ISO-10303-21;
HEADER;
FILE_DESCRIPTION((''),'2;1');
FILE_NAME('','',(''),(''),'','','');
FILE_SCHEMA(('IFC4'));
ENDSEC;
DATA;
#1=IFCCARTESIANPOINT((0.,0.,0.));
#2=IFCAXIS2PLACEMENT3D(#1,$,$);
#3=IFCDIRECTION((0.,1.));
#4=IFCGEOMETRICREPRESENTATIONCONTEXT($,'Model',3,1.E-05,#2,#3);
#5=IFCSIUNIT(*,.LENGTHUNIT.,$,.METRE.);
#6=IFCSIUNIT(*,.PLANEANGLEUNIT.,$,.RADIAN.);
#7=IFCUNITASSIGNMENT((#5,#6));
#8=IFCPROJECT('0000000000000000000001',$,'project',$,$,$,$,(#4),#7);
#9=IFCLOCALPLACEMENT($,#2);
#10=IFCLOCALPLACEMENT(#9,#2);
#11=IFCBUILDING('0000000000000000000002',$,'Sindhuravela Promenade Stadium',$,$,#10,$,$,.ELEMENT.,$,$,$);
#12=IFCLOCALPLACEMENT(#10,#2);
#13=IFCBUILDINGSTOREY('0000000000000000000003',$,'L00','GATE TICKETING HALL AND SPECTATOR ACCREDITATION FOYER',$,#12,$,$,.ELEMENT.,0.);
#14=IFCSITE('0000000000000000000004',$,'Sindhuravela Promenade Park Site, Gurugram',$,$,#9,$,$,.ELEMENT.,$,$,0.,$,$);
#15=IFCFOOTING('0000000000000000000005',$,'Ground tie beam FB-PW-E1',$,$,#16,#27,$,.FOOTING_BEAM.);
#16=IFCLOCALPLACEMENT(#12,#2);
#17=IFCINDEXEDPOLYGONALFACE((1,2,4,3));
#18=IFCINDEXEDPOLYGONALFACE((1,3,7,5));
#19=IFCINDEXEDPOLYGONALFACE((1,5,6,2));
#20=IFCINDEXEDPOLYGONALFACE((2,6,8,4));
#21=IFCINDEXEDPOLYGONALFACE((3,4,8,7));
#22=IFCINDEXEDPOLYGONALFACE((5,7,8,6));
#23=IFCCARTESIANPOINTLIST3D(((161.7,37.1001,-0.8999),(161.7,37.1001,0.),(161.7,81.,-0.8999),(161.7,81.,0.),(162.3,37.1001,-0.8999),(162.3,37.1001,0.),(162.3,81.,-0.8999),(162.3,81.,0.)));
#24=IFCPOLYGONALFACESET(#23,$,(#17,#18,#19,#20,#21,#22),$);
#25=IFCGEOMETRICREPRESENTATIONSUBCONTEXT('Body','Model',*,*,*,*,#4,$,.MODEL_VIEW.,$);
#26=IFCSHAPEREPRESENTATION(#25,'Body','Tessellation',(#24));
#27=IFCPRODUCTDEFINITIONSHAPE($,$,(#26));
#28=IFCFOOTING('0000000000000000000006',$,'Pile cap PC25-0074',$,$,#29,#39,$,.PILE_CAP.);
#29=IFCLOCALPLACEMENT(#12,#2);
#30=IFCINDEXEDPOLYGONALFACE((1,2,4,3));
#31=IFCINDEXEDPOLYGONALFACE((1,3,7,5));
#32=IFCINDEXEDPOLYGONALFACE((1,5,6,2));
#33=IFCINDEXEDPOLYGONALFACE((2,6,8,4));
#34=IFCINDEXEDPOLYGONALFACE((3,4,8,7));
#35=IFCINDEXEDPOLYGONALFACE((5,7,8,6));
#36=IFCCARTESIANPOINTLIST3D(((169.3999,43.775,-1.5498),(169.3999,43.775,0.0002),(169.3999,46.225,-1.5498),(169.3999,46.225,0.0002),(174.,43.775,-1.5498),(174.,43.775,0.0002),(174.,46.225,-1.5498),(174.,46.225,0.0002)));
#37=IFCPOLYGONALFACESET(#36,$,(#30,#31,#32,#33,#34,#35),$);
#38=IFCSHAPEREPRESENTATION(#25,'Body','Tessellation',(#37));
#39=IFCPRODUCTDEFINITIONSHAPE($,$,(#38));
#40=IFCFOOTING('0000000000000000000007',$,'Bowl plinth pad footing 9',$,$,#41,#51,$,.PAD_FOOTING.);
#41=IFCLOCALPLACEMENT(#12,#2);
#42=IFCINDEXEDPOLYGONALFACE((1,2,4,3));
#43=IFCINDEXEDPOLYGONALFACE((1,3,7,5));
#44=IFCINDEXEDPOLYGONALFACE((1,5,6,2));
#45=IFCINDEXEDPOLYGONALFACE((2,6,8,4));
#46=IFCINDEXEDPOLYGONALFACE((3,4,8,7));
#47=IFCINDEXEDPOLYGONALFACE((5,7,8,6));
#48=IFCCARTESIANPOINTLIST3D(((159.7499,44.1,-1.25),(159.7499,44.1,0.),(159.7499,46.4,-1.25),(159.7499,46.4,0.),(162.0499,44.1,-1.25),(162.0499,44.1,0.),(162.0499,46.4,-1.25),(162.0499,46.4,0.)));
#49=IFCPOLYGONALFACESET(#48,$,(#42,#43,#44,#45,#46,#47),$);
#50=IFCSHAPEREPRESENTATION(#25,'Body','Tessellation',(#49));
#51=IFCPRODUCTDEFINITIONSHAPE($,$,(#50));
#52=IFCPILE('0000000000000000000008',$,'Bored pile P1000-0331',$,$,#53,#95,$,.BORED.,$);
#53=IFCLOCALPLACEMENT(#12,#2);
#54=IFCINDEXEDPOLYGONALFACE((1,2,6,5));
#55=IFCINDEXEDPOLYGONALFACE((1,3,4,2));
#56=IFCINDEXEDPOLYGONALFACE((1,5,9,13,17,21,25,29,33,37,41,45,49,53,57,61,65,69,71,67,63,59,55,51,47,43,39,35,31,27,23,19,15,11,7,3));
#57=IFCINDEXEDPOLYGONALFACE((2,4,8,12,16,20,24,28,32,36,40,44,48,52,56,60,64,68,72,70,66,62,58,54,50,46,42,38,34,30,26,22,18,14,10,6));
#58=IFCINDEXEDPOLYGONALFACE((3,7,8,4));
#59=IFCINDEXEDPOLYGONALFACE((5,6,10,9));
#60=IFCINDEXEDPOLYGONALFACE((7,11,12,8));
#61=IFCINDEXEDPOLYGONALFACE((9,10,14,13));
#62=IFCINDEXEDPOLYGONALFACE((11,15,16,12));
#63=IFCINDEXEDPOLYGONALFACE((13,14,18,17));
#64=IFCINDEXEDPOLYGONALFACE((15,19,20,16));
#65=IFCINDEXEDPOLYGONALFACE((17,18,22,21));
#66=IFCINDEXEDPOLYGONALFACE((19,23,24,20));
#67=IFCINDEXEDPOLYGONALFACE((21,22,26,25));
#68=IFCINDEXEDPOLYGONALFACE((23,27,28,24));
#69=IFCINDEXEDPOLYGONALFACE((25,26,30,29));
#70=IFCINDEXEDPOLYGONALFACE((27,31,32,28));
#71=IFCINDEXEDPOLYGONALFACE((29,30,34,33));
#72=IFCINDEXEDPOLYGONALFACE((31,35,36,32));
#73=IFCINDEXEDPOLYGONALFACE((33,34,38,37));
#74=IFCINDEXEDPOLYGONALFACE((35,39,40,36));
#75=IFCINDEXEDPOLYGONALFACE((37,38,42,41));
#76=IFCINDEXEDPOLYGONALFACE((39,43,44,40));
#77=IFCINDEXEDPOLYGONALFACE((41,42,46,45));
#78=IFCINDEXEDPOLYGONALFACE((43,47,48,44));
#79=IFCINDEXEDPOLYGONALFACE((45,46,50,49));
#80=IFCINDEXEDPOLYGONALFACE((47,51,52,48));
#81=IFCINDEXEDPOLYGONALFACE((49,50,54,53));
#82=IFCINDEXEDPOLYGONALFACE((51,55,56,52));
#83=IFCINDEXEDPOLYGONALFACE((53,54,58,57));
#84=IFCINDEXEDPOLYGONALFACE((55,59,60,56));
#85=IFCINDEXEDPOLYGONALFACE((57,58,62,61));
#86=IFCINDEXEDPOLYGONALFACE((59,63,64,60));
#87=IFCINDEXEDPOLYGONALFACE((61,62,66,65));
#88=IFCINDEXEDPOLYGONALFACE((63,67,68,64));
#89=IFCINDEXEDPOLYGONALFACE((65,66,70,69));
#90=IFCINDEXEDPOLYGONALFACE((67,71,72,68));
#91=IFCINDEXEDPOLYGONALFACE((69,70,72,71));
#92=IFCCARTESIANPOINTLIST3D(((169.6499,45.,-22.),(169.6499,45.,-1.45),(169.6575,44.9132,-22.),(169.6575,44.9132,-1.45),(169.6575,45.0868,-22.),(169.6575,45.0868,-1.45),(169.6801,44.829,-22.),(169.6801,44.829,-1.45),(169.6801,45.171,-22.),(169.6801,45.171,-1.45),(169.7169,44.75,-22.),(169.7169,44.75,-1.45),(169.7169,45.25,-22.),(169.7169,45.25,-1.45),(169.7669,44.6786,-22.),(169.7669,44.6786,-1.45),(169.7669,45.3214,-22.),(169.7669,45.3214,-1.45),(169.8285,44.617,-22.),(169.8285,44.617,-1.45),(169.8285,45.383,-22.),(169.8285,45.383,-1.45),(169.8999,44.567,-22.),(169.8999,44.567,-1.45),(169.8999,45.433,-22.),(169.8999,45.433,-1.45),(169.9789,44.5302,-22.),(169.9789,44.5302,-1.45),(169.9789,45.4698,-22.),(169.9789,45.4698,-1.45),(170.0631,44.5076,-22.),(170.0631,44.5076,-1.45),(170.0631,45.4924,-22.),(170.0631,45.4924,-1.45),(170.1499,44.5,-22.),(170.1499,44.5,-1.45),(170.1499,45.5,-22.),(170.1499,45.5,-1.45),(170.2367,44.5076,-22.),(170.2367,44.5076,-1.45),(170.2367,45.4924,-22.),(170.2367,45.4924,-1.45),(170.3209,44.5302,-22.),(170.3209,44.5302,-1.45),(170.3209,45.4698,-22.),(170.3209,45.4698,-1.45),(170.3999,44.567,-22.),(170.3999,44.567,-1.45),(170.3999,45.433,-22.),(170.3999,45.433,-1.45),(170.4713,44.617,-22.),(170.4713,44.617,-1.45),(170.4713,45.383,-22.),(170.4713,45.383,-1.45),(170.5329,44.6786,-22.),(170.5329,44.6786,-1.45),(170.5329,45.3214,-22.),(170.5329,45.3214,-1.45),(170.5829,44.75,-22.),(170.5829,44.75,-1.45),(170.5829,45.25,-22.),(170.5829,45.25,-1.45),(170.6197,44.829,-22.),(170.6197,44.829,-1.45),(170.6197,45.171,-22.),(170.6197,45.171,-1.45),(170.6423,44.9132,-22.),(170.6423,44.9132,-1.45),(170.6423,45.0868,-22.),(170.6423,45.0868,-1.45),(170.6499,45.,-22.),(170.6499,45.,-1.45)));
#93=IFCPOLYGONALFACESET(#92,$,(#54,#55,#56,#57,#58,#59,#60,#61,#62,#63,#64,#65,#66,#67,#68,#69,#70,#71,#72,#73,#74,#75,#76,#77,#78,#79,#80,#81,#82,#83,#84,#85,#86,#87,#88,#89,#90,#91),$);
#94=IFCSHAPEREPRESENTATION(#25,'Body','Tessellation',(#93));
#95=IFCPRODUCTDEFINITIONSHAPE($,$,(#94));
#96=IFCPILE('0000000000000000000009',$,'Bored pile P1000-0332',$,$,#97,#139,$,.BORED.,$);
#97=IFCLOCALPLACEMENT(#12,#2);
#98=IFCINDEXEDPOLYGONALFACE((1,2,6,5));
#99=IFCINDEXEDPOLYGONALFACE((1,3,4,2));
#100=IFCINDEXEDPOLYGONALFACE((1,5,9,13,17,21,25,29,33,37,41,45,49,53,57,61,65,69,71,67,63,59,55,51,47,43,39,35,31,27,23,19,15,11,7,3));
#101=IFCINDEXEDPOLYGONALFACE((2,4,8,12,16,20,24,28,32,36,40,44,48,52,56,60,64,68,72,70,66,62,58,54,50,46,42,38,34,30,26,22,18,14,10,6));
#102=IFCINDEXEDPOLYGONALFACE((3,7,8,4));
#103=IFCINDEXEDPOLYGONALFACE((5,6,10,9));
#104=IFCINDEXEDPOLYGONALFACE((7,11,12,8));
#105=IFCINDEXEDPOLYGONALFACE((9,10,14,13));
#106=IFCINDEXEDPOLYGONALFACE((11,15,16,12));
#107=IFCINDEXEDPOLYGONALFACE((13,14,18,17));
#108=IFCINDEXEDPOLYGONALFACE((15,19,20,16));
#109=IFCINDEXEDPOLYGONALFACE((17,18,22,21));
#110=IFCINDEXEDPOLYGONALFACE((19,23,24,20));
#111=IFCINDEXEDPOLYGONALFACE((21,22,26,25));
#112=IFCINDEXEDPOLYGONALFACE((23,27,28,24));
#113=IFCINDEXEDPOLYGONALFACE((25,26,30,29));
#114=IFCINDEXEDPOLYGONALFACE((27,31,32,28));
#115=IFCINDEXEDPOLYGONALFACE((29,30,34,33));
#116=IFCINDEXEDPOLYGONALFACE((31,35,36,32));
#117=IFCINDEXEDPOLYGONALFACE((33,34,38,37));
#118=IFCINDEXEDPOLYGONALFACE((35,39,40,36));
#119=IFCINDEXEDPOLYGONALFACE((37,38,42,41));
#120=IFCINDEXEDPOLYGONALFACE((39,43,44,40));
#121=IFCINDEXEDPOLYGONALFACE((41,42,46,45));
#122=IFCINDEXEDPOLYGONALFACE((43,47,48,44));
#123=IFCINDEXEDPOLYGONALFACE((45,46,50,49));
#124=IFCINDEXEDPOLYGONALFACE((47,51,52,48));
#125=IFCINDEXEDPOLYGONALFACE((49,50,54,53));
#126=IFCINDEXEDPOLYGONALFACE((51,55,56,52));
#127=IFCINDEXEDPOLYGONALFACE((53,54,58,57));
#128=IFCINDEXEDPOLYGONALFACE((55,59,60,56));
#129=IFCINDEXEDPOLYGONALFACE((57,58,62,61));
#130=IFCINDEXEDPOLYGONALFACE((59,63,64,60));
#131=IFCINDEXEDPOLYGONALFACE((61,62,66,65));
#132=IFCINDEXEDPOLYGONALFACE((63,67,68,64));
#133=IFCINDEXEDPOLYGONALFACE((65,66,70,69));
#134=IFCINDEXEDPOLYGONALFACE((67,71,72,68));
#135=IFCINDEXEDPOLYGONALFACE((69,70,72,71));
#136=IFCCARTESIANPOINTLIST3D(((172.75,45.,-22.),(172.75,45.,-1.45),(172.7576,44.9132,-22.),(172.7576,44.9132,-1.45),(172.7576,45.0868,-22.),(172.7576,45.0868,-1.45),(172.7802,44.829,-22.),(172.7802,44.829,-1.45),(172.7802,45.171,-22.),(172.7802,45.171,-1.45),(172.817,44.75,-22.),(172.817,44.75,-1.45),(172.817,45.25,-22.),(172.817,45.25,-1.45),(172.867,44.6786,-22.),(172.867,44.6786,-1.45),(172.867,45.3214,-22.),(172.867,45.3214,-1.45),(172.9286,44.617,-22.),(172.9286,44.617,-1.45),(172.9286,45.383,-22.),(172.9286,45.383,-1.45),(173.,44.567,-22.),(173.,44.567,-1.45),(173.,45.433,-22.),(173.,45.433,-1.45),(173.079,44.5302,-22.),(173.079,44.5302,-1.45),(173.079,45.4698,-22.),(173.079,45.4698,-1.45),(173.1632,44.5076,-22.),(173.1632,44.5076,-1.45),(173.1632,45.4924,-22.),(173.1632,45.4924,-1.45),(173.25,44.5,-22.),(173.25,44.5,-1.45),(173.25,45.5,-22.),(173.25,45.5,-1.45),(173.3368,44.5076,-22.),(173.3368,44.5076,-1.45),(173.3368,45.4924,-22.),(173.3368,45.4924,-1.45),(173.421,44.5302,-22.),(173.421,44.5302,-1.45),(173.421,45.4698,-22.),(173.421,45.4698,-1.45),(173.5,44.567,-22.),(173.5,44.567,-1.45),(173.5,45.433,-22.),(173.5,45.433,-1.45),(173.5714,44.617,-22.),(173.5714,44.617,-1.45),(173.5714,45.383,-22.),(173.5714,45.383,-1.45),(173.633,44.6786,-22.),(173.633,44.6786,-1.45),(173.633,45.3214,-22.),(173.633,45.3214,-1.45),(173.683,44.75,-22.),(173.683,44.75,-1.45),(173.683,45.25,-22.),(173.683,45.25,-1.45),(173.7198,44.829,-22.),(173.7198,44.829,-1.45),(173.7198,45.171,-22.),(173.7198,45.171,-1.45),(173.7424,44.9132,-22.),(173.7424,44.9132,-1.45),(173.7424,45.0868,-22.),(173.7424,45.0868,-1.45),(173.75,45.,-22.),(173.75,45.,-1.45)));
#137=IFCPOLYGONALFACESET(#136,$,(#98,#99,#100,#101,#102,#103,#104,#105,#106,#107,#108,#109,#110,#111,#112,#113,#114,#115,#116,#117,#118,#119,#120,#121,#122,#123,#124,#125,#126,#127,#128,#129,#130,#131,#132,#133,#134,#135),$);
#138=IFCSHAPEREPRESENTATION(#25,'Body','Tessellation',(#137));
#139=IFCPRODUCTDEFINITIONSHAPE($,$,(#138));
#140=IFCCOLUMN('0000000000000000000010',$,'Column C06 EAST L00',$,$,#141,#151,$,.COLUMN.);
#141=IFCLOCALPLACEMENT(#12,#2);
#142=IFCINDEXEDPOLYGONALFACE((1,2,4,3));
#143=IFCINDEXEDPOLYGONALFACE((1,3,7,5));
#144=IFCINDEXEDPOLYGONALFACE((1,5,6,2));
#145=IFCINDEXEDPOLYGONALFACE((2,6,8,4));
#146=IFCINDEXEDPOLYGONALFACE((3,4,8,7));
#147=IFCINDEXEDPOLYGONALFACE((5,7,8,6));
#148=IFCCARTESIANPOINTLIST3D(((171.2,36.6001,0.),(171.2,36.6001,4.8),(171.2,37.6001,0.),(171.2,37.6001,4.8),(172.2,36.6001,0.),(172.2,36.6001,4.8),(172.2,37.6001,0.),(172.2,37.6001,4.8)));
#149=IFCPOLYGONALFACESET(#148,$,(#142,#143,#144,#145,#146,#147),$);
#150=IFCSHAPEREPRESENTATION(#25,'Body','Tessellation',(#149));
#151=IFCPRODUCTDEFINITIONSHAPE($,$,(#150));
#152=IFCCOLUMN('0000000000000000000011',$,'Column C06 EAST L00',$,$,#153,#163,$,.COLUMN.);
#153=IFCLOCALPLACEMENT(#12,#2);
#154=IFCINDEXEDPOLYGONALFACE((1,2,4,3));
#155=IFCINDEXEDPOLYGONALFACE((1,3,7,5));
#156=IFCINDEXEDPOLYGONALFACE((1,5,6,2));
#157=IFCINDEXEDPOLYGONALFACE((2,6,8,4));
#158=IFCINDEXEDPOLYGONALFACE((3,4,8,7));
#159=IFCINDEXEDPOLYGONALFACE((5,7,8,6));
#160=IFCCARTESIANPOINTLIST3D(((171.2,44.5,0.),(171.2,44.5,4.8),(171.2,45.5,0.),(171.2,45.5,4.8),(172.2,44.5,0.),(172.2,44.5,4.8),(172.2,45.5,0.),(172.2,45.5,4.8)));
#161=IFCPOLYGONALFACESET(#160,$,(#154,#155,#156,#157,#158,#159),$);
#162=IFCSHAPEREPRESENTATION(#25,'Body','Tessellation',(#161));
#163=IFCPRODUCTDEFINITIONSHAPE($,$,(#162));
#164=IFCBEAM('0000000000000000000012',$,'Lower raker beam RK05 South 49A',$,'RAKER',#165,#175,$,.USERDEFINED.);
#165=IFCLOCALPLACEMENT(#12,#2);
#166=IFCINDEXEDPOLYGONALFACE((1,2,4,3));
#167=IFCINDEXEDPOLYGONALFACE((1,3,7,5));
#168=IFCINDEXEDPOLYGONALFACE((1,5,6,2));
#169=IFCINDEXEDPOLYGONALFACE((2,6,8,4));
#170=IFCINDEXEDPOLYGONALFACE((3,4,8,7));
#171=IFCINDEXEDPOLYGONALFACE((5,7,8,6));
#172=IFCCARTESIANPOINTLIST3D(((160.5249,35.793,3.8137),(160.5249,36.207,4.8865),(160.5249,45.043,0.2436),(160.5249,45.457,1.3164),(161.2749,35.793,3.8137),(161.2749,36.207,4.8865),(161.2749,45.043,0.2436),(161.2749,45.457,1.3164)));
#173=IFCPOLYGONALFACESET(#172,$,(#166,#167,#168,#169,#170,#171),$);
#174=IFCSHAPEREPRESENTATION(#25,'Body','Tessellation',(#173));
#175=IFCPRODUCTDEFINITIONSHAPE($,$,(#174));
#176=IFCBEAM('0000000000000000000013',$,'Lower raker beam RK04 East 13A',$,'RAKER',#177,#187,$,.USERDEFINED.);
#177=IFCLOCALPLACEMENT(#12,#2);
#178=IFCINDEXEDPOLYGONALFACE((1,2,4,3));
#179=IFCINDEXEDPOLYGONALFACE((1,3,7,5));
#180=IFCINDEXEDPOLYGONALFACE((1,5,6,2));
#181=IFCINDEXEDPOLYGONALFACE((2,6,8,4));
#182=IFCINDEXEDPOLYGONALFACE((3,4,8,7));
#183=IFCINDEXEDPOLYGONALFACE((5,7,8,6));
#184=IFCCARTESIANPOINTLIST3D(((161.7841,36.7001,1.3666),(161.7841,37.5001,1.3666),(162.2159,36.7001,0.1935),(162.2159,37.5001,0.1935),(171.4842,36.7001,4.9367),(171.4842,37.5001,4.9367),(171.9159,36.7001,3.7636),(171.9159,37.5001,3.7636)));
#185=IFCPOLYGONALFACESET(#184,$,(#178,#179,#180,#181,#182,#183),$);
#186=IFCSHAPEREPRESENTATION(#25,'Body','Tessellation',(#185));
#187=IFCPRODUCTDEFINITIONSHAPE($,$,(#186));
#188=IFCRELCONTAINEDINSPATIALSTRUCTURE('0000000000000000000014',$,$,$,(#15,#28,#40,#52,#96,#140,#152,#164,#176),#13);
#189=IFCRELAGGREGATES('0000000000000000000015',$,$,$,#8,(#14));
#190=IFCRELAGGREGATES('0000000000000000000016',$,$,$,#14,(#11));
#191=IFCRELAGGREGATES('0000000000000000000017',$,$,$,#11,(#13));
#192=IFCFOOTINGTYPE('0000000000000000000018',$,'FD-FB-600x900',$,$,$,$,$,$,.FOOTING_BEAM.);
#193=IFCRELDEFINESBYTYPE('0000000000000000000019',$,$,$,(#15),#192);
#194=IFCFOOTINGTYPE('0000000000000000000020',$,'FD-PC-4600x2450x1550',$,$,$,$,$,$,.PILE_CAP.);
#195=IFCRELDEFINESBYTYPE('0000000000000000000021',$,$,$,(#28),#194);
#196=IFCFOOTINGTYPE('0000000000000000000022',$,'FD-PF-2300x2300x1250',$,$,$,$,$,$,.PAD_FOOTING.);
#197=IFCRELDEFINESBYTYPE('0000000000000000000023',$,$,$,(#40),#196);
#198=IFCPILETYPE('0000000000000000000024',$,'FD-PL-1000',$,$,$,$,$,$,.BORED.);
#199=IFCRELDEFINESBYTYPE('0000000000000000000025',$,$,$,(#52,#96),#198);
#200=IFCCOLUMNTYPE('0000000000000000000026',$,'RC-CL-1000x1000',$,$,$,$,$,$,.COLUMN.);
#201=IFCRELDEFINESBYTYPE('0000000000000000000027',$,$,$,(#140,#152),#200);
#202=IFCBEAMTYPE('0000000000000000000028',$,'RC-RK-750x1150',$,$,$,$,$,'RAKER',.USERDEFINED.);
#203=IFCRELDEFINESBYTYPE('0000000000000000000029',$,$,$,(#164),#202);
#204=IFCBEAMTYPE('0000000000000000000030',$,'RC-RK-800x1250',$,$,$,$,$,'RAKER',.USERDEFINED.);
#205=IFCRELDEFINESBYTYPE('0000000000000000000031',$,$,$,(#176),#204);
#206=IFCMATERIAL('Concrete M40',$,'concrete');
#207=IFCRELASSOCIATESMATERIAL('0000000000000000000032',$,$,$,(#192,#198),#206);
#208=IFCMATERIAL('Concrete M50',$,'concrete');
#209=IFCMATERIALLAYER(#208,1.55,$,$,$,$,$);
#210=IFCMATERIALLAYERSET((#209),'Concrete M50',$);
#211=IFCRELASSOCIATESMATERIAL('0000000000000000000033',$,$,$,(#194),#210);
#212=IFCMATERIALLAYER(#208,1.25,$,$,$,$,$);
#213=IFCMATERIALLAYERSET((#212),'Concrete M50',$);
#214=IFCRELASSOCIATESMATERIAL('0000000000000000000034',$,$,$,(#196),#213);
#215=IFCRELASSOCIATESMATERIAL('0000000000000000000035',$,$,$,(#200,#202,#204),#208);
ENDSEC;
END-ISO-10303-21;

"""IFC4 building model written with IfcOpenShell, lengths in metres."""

from ifc_helpers import new_model, si_unit, direction, frame, origin, origin_2d, place, context, subcontext, project, spatial, rectangle, circle, extrude, material, layer, layer_set, material_profile, profile_set, type_object, element, save


model = new_model("IFC4")

# Units and contexts
model_context = context("Model", 3, precision=1e-05, world=origin(), true_north=direction((0.0, 1.0)))
body_context = subcontext(model_context, "Body", "Model", "MODEL_VIEW")
ifc_project = project(units=[si_unit("LENGTHUNIT", "METRE"), si_unit("PLANEANGLEUNIT", "RADIAN")], contexts=[model_context])

# Site, building, storey
site_placement = place(None, origin())
site = spatial("IfcSite", under=ifc_project, at=site_placement, Name="Sindhuravela Promenade Park Site, Gurugram", CompositionType="ELEMENT", RefElevation=0.0)
building_placement = place(site_placement, origin())
building = spatial("IfcBuilding", under=site, at=building_placement, Name="Sindhuravela Promenade Stadium", CompositionType="ELEMENT")
storey_placement = place(building_placement, origin())
storey = spatial("IfcBuildingStorey", under=building, at=storey_placement, Name="L00", Description="GATE TICKETING HALL AND SPECTATOR ACCREDITATION FOYER", CompositionType="ELEMENT", Elevation=0.0)

# Footings
ifc_material_1 = material(Name="Concrete M40", Category="concrete")
ifc_material_profile_1 = material_profile(ifc_material_1, rectangle(XDim=0.6001, YDim=0.8999, at=origin_2d()), Name="RC 600x900")
ifc_profile_set_1 = profile_set([ifc_material_profile_1], Name="Concrete M40")
footing_type_1 = type_object("IfcFootingType", Name="FD-FB-600x900", PredefinedType="FOOTING_BEAM", material=ifc_profile_set_1)
footing_1_placement = place(storey_placement, frame((162.0, 37.1001, -0.45), z_axis=(0.0, 1.0, 0.0), x_axis=(-1.0, 0.0, 0.0)))
element("IfcFooting", 1, at=footing_1_placement, inside=storey, type_object=footing_type_1, Name="Ground tie beam FB-PW-E1", PredefinedType="FOOTING_BEAM", context=body_context, shape_type="SweptSolid", body=[
    extrude(rectangle(XDim=0.6001, YDim=0.8999, at=origin_2d()), origin(), (0.0, 0.0, 1.0), 43.8999),
])
ifc_material_2 = material(Name="Concrete M50", Category="concrete")
ifc_layer_1 = layer(ifc_material_2, 1.55)
ifc_layer_set_1 = layer_set([ifc_layer_1], Name="Concrete M50")
footing_type_2 = type_object("IfcFootingType", Name="FD-PC-4600x2450x1550", PredefinedType="PILE_CAP", material=ifc_layer_set_1)
footing_2_placement = place(storey_placement, frame((171.7, 45.0, -1.5498), z_axis=(0.0, 0.0, 1.0), x_axis=(1.0, 0.0, 0.0)))
element("IfcFooting", 2, at=footing_2_placement, inside=storey, type_object=footing_type_2, Name="Pile cap PC25-0074", PredefinedType="PILE_CAP", context=body_context, shape_type="SweptSolid", body=[
    extrude(rectangle(XDim=4.6001, YDim=2.45, at=origin_2d()), origin(), (0.0, 0.0, 1.0), 1.55),
])
ifc_layer_2 = layer(ifc_material_2, 1.25)
ifc_layer_set_2 = layer_set([ifc_layer_2], Name="Concrete M50")
footing_type_3 = type_object("IfcFootingType", Name="FD-PF-2300x2300x1250", PredefinedType="PAD_FOOTING", material=ifc_layer_set_2)
footing_3_placement = place(storey_placement, frame((160.8999, 45.25, -1.25), z_axis=(0.0, 0.0, 1.0), x_axis=(1.0, 0.0, 0.0)))
element("IfcFooting", 3, at=footing_3_placement, inside=storey, type_object=footing_type_3, Name="Bowl plinth pad footing 9", PredefinedType="PAD_FOOTING", context=body_context, shape_type="SweptSolid", body=[
    extrude(rectangle(XDim=2.3, YDim=2.3, at=origin_2d()), origin(), (0.0, 0.0, 1.0), 1.25),
])

# Piles
ifc_material_profile_2 = material_profile(ifc_material_1, circle(Radius=0.5, at=origin_2d()), Name="BORED PILE D1000")
ifc_profile_set_2 = profile_set([ifc_material_profile_2], Name="Concrete M40")
pile_type = type_object("IfcPileType", Name="FD-PL-1000", PredefinedType="BORED", material=ifc_profile_set_2)
for number, where, z_axis, x_axis, name in (
    (4, (170.1499, 45.0, -1.45), (0.0, 0.0, -1.0), (1.0, 0.0, 0.0), "Bored pile P1000-0331"),
    (5, (173.25, 45.0, -1.45), (0.0, 0.0, -1.0), (1.0, 0.0, 0.0), "Bored pile P1000-0332"),
):
    element("IfcPile", number, at=place(storey_placement, frame(where, z_axis=z_axis, x_axis=x_axis)), inside=storey, type_object=pile_type, Name=name, PredefinedType="BORED", context=body_context, shape_type="SweptSolid", body=[
        extrude(circle(Radius=0.5, at=origin_2d()), origin(), (0.0, 0.0, 1.0), 20.55),
    ])

# Columns
ifc_material_profile_3 = material_profile(ifc_material_2, rectangle(XDim=1.0, YDim=1.0, at=origin_2d()), Name="RC 1000x1000")
ifc_profile_set_3 = profile_set([ifc_material_profile_3], Name="Concrete M50")
column_type = type_object("IfcColumnType", Name="RC-CL-1000x1000", PredefinedType="COLUMN", material=ifc_profile_set_3)
for number, where, z_axis, x_axis, name in (
    (6, (171.7, 37.1001, 0.0), (0.0, 0.0, 1.0), (1.0, 0.0, 0.0), "Column C06 EAST L00"),
    (7, (171.7, 45.0, 0.0), (0.0, 0.0, 1.0), (1.0, 0.0, 0.0), "Column C06 EAST L00"),
):
    element("IfcColumn", number, at=place(storey_placement, frame(where, z_axis=z_axis, x_axis=x_axis)), inside=storey, type_object=column_type, Name=name, PredefinedType="COLUMN", context=body_context, shape_type="SweptSolid", body=[
        extrude(rectangle(XDim=1.0, YDim=1.0, at=origin_2d()), origin(), (0.0, 0.0, 1.0), 4.8),
    ])

# Beams
ifc_material_profile_4 = material_profile(ifc_material_2, rectangle(XDim=0.75, YDim=1.1499, at=origin_2d()), Name="RC 750x1150")
ifc_profile_set_4 = profile_set([ifc_material_profile_4], Name="Concrete M50")
beam_type_1 = type_object("IfcBeamType", Name="RC-RK-750x1150", ElementType="RAKER", PredefinedType="USERDEFINED", material=ifc_profile_set_4)
beam_placement = place(storey_placement, frame((160.8999, 45.25, 0.78), z_axis=(0.0, -0.932927, 0.360066), x_axis=(1.0, 0.0, 0.0)))
element("IfcBeam", 8, at=beam_placement, inside=storey, type_object=beam_type_1, Name="Lower raker beam RK05 South 49A", ObjectType="RAKER", PredefinedType="USERDEFINED", context=body_context, shape_type="SweptSolid", body=[
    extrude(rectangle(XDim=0.75, YDim=1.1499, at=origin_2d()), origin(), (0.0, 0.0, 1.0), 9.915),
])
ifc_material_profile_5 = material_profile(ifc_material_2, rectangle(XDim=0.8, YDim=1.25, at=origin_2d()), Name="RC 800x1250")
ifc_profile_set_5 = profile_set([ifc_material_profile_5], Name="Concrete M50")
beam_type_2 = type_object("IfcBeamType", Name="RC-RK-800x1250", ElementType="RAKER", PredefinedType="USERDEFINED", material=ifc_profile_set_5)
for number, where, z_axis, x_axis, name in (
    (9, (162.0, 37.1001, 0.78), (0.938456, 0.0, 0.345399), (0.0, 1.0, 0.0), "Lower raker beam RK04 East 13A"),
):
    element("IfcBeam", number, at=place(storey_placement, frame(where, z_axis=z_axis, x_axis=x_axis)), inside=storey, type_object=beam_type_2, Name=name, ObjectType="RAKER", PredefinedType="USERDEFINED", context=body_context, shape_type="SweptSolid", body=[
        extrude(rectangle(XDim=0.8, YDim=1.25, at=origin_2d()), origin(), (0.0, 0.0, 1.0), 10.3362),
    ])

save(model, "model.ifc")
